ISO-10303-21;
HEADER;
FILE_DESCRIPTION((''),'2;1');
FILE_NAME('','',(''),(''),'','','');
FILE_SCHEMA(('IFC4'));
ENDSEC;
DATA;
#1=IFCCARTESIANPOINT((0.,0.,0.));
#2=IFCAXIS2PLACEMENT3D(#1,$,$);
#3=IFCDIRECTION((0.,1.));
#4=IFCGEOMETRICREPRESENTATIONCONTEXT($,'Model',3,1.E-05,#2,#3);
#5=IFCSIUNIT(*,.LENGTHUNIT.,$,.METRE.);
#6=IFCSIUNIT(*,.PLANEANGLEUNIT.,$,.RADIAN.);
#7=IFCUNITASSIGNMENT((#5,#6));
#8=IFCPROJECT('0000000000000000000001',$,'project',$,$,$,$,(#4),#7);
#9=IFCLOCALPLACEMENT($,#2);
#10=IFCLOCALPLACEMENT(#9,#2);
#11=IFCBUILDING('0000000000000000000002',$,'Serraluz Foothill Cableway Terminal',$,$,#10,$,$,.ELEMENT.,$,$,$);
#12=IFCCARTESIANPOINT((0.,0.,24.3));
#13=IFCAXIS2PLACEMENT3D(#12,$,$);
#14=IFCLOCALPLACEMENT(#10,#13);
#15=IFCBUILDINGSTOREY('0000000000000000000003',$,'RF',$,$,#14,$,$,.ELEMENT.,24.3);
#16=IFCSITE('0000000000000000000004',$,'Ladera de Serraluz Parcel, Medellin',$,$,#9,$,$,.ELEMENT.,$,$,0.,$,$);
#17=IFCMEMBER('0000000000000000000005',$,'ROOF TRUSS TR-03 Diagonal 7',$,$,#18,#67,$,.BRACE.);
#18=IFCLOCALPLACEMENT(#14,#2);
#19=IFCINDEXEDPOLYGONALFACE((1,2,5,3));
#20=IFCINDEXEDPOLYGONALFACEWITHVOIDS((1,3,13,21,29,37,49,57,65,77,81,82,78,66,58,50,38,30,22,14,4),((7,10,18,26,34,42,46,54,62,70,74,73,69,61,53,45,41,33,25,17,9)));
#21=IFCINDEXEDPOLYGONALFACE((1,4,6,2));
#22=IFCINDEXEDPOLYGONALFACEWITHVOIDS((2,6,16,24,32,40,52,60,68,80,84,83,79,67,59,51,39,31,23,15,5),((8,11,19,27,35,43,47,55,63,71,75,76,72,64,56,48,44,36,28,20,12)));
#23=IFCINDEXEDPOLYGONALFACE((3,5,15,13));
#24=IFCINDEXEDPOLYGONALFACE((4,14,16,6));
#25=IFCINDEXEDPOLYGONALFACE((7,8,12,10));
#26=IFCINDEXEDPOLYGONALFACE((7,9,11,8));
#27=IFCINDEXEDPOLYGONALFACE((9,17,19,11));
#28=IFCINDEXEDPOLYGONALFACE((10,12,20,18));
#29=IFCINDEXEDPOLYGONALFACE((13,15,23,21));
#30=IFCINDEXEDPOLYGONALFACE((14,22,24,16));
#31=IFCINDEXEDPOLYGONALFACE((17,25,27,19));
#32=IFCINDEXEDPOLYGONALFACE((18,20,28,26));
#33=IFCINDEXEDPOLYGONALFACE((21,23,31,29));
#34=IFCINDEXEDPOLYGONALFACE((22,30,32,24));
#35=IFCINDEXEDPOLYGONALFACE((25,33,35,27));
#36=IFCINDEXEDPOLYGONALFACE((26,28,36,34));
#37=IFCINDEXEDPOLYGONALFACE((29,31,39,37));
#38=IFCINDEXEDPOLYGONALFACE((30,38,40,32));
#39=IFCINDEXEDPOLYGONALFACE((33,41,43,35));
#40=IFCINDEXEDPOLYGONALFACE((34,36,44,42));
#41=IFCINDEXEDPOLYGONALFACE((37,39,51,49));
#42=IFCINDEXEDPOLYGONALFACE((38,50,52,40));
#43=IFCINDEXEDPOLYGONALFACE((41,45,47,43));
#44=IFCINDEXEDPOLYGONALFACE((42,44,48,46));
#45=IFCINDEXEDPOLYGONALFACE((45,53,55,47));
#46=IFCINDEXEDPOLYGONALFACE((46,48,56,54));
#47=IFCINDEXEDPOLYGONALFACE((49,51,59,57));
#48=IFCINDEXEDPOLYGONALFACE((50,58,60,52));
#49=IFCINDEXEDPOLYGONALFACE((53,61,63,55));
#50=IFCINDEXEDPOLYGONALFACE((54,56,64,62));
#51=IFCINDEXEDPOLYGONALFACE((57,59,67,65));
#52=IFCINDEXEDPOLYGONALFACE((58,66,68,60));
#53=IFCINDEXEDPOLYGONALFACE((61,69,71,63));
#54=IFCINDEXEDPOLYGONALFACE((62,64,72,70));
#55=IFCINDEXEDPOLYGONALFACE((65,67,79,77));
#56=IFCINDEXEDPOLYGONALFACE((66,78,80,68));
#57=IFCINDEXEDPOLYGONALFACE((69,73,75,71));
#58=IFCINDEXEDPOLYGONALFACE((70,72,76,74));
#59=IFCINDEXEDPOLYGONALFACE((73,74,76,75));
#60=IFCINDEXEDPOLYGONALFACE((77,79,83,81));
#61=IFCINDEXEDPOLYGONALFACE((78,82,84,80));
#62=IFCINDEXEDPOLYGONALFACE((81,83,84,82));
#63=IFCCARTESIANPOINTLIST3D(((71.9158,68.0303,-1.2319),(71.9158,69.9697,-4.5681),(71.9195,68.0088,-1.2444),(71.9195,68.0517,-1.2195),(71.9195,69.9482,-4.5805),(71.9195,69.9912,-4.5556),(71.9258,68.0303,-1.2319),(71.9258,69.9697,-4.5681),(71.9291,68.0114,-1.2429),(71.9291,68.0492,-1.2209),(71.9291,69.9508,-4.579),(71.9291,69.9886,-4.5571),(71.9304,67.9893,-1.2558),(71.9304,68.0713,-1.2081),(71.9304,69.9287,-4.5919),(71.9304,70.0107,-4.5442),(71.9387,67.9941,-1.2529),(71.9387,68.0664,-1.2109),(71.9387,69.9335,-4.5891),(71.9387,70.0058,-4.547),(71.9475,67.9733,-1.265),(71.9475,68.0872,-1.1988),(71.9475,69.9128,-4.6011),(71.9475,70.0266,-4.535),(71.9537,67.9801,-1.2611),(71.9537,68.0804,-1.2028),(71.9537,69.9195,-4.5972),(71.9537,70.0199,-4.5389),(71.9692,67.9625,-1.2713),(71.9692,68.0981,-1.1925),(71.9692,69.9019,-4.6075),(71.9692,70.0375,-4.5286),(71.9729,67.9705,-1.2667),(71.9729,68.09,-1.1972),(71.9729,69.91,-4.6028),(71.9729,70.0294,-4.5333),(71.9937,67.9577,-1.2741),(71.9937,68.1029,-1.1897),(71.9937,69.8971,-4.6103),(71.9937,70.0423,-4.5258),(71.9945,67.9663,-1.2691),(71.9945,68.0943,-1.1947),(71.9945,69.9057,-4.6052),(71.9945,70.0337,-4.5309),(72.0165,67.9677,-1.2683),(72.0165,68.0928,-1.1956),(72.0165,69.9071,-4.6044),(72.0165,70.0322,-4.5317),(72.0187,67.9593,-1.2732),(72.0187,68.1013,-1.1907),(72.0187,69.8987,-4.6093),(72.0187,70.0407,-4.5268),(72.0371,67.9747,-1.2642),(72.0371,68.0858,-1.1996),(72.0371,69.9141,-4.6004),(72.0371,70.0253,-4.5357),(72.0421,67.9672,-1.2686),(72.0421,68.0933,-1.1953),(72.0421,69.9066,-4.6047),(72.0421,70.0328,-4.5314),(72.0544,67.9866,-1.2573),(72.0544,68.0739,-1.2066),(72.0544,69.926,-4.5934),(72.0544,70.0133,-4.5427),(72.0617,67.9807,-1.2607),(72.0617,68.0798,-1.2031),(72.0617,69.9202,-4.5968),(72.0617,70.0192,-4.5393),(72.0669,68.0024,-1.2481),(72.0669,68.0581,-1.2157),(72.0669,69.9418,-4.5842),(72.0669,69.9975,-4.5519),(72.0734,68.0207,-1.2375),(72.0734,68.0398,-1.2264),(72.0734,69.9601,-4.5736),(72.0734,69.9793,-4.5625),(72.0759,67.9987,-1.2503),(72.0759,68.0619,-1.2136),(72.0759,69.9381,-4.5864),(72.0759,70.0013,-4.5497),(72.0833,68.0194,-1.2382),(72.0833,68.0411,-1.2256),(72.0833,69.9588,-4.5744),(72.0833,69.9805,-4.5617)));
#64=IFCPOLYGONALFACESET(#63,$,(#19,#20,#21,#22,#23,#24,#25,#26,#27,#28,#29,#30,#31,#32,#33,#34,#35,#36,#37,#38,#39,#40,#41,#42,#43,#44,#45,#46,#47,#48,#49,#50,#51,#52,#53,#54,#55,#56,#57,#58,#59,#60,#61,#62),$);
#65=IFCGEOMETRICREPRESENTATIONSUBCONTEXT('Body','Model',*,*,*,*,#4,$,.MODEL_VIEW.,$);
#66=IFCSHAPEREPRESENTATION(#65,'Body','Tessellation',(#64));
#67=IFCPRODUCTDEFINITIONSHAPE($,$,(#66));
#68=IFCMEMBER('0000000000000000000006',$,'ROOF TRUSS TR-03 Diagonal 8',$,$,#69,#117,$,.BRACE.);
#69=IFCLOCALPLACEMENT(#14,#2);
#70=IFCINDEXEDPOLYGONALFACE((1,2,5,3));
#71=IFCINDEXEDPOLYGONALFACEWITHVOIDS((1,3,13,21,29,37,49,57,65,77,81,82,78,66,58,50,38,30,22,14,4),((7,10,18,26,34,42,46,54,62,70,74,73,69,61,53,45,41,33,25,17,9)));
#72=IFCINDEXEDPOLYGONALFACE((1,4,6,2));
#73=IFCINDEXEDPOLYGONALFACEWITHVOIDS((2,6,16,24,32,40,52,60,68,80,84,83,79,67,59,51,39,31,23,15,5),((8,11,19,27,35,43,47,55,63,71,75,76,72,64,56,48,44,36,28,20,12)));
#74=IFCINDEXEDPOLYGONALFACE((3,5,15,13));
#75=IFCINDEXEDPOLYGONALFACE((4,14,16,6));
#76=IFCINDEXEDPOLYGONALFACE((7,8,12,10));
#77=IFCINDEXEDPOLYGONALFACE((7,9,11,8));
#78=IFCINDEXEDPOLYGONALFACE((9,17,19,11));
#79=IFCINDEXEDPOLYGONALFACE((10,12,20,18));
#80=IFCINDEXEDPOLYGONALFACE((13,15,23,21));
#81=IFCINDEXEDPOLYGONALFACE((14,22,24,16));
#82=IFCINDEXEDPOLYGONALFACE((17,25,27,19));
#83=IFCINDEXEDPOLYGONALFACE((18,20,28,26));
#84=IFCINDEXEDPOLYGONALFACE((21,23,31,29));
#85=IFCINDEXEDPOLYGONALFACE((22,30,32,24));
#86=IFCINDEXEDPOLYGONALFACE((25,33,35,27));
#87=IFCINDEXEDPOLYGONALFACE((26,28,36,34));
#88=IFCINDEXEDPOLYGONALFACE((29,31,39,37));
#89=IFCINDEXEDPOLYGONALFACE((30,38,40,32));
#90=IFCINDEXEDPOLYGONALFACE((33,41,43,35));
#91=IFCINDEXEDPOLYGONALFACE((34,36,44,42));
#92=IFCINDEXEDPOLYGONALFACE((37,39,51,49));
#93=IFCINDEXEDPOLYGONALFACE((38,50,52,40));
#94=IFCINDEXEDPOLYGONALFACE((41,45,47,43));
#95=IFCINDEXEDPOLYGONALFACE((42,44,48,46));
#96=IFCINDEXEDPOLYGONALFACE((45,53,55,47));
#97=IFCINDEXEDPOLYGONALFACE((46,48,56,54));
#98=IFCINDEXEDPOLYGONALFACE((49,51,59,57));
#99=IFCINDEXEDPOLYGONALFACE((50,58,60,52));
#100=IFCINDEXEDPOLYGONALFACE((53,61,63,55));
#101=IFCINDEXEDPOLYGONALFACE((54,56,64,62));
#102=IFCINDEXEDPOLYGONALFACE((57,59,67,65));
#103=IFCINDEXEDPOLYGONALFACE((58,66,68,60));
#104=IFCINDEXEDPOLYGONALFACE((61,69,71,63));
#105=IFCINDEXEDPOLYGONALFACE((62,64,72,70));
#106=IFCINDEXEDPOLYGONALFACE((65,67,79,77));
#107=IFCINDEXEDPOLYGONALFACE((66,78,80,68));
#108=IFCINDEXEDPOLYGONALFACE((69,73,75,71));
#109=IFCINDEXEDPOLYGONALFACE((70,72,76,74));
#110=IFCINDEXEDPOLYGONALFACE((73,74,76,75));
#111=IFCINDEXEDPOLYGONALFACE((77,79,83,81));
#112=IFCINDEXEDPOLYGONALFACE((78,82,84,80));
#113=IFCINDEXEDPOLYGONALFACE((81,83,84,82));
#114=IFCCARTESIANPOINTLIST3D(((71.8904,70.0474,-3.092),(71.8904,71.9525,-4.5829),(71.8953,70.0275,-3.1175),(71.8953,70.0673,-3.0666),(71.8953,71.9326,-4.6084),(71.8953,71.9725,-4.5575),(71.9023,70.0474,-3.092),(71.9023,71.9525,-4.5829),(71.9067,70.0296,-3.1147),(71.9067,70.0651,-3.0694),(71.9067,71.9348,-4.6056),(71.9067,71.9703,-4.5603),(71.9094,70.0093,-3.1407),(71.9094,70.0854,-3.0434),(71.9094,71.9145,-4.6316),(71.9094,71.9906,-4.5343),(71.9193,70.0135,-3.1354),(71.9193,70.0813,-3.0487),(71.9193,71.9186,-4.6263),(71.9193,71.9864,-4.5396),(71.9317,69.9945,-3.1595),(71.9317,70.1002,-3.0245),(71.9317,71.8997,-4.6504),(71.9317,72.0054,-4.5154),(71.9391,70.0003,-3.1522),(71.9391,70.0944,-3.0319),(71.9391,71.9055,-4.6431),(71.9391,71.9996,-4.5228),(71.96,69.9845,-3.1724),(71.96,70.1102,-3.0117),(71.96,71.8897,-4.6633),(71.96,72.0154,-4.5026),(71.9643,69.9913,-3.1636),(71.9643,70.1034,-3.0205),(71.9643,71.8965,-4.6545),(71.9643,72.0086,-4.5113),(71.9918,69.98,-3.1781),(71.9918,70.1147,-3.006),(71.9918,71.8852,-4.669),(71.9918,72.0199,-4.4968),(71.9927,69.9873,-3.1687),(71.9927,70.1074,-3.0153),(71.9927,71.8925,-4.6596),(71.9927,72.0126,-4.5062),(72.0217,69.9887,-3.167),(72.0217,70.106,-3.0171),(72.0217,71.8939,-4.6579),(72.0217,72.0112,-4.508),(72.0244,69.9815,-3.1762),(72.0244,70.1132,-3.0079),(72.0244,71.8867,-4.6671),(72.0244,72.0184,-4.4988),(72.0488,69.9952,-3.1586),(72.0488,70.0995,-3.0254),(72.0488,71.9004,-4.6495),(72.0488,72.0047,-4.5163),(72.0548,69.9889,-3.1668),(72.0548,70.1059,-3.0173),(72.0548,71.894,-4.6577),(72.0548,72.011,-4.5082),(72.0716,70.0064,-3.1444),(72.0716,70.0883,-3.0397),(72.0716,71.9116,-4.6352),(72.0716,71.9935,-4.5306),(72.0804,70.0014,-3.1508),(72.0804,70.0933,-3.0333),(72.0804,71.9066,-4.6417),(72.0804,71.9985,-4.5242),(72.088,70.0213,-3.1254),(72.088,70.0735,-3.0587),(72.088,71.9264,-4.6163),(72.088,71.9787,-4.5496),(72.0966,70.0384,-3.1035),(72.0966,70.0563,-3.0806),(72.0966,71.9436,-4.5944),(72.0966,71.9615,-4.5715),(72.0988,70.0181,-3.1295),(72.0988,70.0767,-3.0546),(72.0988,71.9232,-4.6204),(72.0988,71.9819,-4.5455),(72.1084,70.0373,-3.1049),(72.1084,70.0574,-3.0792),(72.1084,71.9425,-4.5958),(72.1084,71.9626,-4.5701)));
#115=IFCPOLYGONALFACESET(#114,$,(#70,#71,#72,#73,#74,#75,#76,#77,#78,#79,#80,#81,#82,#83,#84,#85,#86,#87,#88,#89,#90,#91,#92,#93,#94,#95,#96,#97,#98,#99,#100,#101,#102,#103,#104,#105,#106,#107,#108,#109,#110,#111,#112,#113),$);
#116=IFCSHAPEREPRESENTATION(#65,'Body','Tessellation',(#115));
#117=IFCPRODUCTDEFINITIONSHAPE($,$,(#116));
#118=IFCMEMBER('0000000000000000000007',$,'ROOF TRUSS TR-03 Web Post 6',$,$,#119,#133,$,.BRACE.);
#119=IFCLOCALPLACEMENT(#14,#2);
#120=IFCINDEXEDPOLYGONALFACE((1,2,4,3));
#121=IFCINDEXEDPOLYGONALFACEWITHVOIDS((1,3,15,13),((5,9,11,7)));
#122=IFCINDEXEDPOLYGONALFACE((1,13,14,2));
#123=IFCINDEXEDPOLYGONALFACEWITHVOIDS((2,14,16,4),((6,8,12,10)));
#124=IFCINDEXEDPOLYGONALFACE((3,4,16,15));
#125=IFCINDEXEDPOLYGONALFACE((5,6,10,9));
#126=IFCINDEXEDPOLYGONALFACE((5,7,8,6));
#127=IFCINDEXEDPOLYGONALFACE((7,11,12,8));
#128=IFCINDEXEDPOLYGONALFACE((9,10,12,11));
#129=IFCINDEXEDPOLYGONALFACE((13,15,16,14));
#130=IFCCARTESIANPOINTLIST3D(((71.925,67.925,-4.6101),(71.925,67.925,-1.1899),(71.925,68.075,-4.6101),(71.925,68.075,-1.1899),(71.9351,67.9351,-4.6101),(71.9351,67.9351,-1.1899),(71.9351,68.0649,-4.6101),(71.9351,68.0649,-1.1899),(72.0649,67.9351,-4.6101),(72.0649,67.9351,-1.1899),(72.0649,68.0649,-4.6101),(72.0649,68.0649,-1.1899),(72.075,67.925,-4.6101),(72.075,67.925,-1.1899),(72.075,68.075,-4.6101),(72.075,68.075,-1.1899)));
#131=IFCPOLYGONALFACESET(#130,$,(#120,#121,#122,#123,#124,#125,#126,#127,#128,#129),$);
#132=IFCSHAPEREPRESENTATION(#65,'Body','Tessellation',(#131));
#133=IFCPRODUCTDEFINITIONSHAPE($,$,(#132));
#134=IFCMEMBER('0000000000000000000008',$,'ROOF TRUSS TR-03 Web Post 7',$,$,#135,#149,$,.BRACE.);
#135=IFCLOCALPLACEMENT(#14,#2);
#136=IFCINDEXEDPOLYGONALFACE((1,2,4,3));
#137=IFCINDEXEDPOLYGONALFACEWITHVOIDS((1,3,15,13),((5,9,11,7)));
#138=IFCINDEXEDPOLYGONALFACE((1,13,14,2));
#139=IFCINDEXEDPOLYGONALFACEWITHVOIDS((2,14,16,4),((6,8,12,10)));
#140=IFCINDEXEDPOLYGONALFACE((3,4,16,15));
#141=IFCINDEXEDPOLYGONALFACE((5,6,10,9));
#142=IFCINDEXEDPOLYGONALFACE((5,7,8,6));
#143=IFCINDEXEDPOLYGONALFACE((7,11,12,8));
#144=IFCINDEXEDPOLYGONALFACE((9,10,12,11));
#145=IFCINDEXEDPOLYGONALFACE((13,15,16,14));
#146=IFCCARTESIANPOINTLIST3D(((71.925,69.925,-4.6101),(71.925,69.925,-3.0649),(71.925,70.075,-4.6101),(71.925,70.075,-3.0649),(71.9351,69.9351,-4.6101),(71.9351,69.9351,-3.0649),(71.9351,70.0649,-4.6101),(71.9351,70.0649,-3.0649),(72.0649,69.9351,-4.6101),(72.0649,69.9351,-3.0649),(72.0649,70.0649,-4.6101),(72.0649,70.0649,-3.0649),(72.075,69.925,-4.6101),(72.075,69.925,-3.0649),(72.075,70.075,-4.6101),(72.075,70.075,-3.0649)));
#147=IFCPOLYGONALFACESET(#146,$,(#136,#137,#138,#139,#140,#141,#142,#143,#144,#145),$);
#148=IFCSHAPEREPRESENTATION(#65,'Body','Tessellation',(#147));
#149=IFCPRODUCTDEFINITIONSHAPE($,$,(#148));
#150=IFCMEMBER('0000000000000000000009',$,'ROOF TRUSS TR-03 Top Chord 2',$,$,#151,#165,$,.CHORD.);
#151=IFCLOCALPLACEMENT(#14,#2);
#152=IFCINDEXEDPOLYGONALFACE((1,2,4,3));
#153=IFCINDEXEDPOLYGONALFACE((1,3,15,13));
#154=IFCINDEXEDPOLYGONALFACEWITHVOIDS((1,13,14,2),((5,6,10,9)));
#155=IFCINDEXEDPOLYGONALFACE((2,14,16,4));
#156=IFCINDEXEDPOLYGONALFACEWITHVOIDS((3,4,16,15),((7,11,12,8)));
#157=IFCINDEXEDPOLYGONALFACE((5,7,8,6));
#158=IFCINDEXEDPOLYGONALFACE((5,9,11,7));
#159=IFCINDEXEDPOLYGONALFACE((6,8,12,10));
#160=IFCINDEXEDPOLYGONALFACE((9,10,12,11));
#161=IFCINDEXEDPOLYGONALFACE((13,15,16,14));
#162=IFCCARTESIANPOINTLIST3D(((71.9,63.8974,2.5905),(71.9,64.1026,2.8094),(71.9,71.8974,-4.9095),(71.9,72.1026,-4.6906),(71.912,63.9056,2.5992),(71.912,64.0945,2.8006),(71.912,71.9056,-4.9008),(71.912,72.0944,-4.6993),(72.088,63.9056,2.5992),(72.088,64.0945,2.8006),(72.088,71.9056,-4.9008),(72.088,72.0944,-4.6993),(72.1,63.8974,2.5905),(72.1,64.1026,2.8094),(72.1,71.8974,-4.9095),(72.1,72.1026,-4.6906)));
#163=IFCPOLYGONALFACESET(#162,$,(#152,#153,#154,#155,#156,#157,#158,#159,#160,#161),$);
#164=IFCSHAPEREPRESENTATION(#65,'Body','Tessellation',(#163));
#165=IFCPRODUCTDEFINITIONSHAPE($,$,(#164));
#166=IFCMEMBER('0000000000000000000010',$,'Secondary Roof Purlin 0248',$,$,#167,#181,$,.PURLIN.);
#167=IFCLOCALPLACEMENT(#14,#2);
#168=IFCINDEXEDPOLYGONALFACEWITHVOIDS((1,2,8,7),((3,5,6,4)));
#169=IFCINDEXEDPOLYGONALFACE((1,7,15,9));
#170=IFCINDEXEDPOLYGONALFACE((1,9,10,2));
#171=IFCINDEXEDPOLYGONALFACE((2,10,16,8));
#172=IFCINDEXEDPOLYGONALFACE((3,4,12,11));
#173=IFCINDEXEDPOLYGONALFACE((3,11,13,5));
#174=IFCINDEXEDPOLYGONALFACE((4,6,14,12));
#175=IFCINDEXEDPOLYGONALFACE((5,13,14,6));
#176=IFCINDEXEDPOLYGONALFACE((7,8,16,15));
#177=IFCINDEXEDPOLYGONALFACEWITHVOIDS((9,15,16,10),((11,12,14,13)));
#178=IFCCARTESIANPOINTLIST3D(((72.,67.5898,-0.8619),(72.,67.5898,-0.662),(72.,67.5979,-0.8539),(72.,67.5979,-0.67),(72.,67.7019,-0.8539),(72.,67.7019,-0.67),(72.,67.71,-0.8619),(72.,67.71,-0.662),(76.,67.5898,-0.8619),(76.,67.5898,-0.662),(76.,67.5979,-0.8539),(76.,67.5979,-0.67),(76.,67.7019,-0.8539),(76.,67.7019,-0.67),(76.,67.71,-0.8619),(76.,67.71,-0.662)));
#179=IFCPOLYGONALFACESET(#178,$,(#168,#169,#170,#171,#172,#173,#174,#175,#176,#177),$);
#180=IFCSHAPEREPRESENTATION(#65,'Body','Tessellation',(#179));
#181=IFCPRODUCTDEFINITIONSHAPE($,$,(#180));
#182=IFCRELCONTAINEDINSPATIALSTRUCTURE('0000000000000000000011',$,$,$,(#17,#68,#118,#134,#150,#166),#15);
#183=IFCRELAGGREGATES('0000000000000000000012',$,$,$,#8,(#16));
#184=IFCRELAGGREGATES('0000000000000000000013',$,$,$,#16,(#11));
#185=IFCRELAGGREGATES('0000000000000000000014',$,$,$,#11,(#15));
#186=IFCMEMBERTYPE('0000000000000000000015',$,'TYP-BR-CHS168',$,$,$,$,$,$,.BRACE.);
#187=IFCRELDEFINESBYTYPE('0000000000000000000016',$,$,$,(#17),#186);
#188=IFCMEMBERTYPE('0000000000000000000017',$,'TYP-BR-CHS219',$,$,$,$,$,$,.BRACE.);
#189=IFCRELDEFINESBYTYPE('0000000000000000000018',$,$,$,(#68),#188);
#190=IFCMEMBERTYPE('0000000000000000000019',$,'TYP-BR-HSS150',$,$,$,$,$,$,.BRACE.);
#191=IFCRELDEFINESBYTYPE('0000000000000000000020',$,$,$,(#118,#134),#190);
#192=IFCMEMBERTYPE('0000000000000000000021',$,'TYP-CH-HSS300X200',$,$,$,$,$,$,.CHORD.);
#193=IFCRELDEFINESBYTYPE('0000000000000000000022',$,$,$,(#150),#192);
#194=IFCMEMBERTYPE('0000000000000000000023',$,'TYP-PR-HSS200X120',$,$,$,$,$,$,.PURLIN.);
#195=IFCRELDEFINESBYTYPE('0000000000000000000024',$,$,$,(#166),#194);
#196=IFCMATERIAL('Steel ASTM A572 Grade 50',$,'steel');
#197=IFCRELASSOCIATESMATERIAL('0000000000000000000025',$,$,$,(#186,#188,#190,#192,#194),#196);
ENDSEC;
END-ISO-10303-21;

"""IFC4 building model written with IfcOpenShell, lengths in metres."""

from ifc_helpers import new_model, si_unit, direction, frame, origin, origin_2d, place, context, subcontext, project, spatial, hollow_rectangle, hollow_circle, extrude, material, material_profile, profile_set, type_object, element, save


model = new_model("IFC4")

# Units and contexts
model_context = context("Model", 3, precision=1e-05, world=origin(), true_north=direction((0.0, 1.0)))
body_context = subcontext(model_context, "Body", "Model", "MODEL_VIEW")
ifc_project = project(units=[si_unit("LENGTHUNIT", "METRE"), si_unit("PLANEANGLEUNIT", "RADIAN")], contexts=[model_context])

# Site, building, storey
site_placement = place(None, origin())
site = spatial("IfcSite", under=ifc_project, at=site_placement, Name="Ladera de Serraluz Parcel, Medellin", CompositionType="ELEMENT", RefElevation=0.0)
building_placement = place(site_placement, origin())
building = spatial("IfcBuilding", under=site, at=building_placement, Name="Serraluz Foothill Cableway Terminal", CompositionType="ELEMENT")
storey_placement = place(building_placement, frame((0.0, 0.0, 24.3)))
storey = spatial("IfcBuildingStorey", under=building, at=storey_placement, Name="RF", CompositionType="ELEMENT", Elevation=24.3)

# Members
ifc_material_1 = material(Name="Steel ASTM A572 Grade 50", Category="steel")
ifc_material_profile_1 = material_profile(ifc_material_1, hollow_circle(Radius=0.0842, WallThickness=0.01, at=origin_2d()), Name="CHS168X10")
ifc_profile_set_1 = profile_set([ifc_material_profile_1], Name="Steel ASTM A572 Grade 50")
member_type_1 = type_object("IfcMemberType", Name="TYP-BR-CHS168", PredefinedType="BRACE", material=ifc_profile_set_1)
member_1_placement = place(storey_placement, frame((72.0, 68.0303, -1.2319), z_axis=(0.0, 0.502584, -0.864528), x_axis=(-1.0, 0.0, 0.0)))
element("IfcMember", 1, at=member_1_placement, inside=storey, type_object=member_type_1, Name="ROOF TRUSS TR-03 Diagonal 7", PredefinedType="BRACE", context=body_context, shape_type="SweptSolid", body=[
    extrude(hollow_circle(Radius=0.0842, WallThickness=0.01, at=origin_2d()), origin(), (0.0, 0.0, 1.0), 3.8589),
])
ifc_material_profile_2 = material_profile(ifc_material_1, hollow_circle(Radius=0.1096, WallThickness=0.012, at=origin_2d()), Name="CHS219X12")
ifc_profile_set_2 = profile_set([ifc_material_profile_2], Name="Steel ASTM A572 Grade 50")
member_type_2 = type_object("IfcMemberType", Name="TYP-BR-CHS219", PredefinedType="BRACE", material=ifc_profile_set_2)
member_2_placement = place(storey_placement, frame((72.0, 70.0474, -3.092), z_axis=(0.0, 0.787528, -0.616278), x_axis=(-1.0, 0.0, 0.0)))
element("IfcMember", 2, at=member_2_placement, inside=storey, type_object=member_type_2, Name="ROOF TRUSS TR-03 Diagonal 8", PredefinedType="BRACE", context=body_context, shape_type="SweptSolid", body=[
    extrude(hollow_circle(Radius=0.1096, WallThickness=0.012, at=origin_2d()), origin(), (0.0, 0.0, 1.0), 2.4192),
])
ifc_material_profile_3 = material_profile(ifc_material_1, hollow_rectangle(XDim=0.1499, YDim=0.1499, WallThickness=0.01, at=origin_2d()), Name="HSS150X150X10")
ifc_profile_set_3 = profile_set([ifc_material_profile_3], Name="Steel ASTM A572 Grade 50")
member_type_3 = type_object("IfcMemberType", Name="TYP-BR-HSS150", PredefinedType="BRACE", material=ifc_profile_set_3)
member_3_placement = place(storey_placement, frame((72.0, 68.0, -4.6101), z_axis=(0.0, 0.0, 1.0), x_axis=(1.0, 0.0, 0.0)))
element("IfcMember", 3, at=member_3_placement, inside=storey, type_object=member_type_3, Name="ROOF TRUSS TR-03 Web Post 6", PredefinedType="BRACE", context=body_context, shape_type="SweptSolid", body=[
    extrude(hollow_rectangle(XDim=0.1499, YDim=0.1499, WallThickness=0.01, at=origin_2d()), origin(), (0.0, 0.0, 1.0), 3.4202),
])
member_4_placement = place(storey_placement, frame((72.0, 70.0, -4.6101), z_axis=(0.0, 0.0, 1.0), x_axis=(1.0, 0.0, 0.0)))
element("IfcMember", 4, at=member_4_placement, inside=storey, type_object=member_type_3, Name="ROOF TRUSS TR-03 Web Post 7", PredefinedType="BRACE", context=body_context, shape_type="SweptSolid", body=[
    extrude(hollow_rectangle(XDim=0.1499, YDim=0.1499, WallThickness=0.01, at=origin_2d()), origin(), (0.0, 0.0, 1.0), 1.5452),
])
ifc_material_profile_4 = material_profile(ifc_material_1, hollow_rectangle(XDim=0.2, YDim=0.3, WallThickness=0.012, at=origin_2d()), Name="HSS300X200X12")
ifc_profile_set_4 = profile_set([ifc_material_profile_4], Name="Steel ASTM A572 Grade 50")
member_type_4 = type_object("IfcMemberType", Name="TYP-CH-HSS300X200", PredefinedType="CHORD", material=ifc_profile_set_4)
member_5_placement = place(storey_placement, frame((72.0, 72.0, -4.8), z_axis=(0.0, -0.729537, 0.683941), x_axis=(1.0, 0.0, 0.0)))
element("IfcMember", 5, at=member_5_placement, inside=storey, type_object=member_type_4, Name="ROOF TRUSS TR-03 Top Chord 2", PredefinedType="CHORD", context=body_context, shape_type="SweptSolid", body=[
    extrude(hollow_rectangle(XDim=0.2, YDim=0.3, WallThickness=0.012, at=origin_2d()), origin(), (0.0, 0.0, 1.0), 10.9658),
])
ifc_material_profile_5 = material_profile(ifc_material_1, hollow_rectangle(XDim=0.1201, YDim=0.2, WallThickness=0.0081, at=origin_2d()), Name="HSS200X120X8")
ifc_profile_set_5 = profile_set([ifc_material_profile_5], Name="Steel ASTM A572 Grade 50")
member_type_5 = type_object("IfcMemberType", Name="TYP-PR-HSS200X120", PredefinedType="PURLIN", material=ifc_profile_set_5)
for number, where, z_axis, x_axis, name in (
    (6, (72.0, 67.6499, -0.762), (1.0, 0.0, 0.0), (0.0, 1.0, 0.0), "Secondary Roof Purlin 0248"),
):
    element("IfcMember", number, at=place(storey_placement, frame(where, z_axis=z_axis, x_axis=x_axis)), inside=storey, type_object=member_type_5, Name=name, PredefinedType="PURLIN", context=body_context, shape_type="SweptSolid", body=[
        extrude(hollow_rectangle(XDim=0.1201, YDim=0.2, WallThickness=0.0081, at=origin_2d()), origin(), (0.0, 0.0, 1.0), 4.0),
    ])

save(model, "model.ifc")
